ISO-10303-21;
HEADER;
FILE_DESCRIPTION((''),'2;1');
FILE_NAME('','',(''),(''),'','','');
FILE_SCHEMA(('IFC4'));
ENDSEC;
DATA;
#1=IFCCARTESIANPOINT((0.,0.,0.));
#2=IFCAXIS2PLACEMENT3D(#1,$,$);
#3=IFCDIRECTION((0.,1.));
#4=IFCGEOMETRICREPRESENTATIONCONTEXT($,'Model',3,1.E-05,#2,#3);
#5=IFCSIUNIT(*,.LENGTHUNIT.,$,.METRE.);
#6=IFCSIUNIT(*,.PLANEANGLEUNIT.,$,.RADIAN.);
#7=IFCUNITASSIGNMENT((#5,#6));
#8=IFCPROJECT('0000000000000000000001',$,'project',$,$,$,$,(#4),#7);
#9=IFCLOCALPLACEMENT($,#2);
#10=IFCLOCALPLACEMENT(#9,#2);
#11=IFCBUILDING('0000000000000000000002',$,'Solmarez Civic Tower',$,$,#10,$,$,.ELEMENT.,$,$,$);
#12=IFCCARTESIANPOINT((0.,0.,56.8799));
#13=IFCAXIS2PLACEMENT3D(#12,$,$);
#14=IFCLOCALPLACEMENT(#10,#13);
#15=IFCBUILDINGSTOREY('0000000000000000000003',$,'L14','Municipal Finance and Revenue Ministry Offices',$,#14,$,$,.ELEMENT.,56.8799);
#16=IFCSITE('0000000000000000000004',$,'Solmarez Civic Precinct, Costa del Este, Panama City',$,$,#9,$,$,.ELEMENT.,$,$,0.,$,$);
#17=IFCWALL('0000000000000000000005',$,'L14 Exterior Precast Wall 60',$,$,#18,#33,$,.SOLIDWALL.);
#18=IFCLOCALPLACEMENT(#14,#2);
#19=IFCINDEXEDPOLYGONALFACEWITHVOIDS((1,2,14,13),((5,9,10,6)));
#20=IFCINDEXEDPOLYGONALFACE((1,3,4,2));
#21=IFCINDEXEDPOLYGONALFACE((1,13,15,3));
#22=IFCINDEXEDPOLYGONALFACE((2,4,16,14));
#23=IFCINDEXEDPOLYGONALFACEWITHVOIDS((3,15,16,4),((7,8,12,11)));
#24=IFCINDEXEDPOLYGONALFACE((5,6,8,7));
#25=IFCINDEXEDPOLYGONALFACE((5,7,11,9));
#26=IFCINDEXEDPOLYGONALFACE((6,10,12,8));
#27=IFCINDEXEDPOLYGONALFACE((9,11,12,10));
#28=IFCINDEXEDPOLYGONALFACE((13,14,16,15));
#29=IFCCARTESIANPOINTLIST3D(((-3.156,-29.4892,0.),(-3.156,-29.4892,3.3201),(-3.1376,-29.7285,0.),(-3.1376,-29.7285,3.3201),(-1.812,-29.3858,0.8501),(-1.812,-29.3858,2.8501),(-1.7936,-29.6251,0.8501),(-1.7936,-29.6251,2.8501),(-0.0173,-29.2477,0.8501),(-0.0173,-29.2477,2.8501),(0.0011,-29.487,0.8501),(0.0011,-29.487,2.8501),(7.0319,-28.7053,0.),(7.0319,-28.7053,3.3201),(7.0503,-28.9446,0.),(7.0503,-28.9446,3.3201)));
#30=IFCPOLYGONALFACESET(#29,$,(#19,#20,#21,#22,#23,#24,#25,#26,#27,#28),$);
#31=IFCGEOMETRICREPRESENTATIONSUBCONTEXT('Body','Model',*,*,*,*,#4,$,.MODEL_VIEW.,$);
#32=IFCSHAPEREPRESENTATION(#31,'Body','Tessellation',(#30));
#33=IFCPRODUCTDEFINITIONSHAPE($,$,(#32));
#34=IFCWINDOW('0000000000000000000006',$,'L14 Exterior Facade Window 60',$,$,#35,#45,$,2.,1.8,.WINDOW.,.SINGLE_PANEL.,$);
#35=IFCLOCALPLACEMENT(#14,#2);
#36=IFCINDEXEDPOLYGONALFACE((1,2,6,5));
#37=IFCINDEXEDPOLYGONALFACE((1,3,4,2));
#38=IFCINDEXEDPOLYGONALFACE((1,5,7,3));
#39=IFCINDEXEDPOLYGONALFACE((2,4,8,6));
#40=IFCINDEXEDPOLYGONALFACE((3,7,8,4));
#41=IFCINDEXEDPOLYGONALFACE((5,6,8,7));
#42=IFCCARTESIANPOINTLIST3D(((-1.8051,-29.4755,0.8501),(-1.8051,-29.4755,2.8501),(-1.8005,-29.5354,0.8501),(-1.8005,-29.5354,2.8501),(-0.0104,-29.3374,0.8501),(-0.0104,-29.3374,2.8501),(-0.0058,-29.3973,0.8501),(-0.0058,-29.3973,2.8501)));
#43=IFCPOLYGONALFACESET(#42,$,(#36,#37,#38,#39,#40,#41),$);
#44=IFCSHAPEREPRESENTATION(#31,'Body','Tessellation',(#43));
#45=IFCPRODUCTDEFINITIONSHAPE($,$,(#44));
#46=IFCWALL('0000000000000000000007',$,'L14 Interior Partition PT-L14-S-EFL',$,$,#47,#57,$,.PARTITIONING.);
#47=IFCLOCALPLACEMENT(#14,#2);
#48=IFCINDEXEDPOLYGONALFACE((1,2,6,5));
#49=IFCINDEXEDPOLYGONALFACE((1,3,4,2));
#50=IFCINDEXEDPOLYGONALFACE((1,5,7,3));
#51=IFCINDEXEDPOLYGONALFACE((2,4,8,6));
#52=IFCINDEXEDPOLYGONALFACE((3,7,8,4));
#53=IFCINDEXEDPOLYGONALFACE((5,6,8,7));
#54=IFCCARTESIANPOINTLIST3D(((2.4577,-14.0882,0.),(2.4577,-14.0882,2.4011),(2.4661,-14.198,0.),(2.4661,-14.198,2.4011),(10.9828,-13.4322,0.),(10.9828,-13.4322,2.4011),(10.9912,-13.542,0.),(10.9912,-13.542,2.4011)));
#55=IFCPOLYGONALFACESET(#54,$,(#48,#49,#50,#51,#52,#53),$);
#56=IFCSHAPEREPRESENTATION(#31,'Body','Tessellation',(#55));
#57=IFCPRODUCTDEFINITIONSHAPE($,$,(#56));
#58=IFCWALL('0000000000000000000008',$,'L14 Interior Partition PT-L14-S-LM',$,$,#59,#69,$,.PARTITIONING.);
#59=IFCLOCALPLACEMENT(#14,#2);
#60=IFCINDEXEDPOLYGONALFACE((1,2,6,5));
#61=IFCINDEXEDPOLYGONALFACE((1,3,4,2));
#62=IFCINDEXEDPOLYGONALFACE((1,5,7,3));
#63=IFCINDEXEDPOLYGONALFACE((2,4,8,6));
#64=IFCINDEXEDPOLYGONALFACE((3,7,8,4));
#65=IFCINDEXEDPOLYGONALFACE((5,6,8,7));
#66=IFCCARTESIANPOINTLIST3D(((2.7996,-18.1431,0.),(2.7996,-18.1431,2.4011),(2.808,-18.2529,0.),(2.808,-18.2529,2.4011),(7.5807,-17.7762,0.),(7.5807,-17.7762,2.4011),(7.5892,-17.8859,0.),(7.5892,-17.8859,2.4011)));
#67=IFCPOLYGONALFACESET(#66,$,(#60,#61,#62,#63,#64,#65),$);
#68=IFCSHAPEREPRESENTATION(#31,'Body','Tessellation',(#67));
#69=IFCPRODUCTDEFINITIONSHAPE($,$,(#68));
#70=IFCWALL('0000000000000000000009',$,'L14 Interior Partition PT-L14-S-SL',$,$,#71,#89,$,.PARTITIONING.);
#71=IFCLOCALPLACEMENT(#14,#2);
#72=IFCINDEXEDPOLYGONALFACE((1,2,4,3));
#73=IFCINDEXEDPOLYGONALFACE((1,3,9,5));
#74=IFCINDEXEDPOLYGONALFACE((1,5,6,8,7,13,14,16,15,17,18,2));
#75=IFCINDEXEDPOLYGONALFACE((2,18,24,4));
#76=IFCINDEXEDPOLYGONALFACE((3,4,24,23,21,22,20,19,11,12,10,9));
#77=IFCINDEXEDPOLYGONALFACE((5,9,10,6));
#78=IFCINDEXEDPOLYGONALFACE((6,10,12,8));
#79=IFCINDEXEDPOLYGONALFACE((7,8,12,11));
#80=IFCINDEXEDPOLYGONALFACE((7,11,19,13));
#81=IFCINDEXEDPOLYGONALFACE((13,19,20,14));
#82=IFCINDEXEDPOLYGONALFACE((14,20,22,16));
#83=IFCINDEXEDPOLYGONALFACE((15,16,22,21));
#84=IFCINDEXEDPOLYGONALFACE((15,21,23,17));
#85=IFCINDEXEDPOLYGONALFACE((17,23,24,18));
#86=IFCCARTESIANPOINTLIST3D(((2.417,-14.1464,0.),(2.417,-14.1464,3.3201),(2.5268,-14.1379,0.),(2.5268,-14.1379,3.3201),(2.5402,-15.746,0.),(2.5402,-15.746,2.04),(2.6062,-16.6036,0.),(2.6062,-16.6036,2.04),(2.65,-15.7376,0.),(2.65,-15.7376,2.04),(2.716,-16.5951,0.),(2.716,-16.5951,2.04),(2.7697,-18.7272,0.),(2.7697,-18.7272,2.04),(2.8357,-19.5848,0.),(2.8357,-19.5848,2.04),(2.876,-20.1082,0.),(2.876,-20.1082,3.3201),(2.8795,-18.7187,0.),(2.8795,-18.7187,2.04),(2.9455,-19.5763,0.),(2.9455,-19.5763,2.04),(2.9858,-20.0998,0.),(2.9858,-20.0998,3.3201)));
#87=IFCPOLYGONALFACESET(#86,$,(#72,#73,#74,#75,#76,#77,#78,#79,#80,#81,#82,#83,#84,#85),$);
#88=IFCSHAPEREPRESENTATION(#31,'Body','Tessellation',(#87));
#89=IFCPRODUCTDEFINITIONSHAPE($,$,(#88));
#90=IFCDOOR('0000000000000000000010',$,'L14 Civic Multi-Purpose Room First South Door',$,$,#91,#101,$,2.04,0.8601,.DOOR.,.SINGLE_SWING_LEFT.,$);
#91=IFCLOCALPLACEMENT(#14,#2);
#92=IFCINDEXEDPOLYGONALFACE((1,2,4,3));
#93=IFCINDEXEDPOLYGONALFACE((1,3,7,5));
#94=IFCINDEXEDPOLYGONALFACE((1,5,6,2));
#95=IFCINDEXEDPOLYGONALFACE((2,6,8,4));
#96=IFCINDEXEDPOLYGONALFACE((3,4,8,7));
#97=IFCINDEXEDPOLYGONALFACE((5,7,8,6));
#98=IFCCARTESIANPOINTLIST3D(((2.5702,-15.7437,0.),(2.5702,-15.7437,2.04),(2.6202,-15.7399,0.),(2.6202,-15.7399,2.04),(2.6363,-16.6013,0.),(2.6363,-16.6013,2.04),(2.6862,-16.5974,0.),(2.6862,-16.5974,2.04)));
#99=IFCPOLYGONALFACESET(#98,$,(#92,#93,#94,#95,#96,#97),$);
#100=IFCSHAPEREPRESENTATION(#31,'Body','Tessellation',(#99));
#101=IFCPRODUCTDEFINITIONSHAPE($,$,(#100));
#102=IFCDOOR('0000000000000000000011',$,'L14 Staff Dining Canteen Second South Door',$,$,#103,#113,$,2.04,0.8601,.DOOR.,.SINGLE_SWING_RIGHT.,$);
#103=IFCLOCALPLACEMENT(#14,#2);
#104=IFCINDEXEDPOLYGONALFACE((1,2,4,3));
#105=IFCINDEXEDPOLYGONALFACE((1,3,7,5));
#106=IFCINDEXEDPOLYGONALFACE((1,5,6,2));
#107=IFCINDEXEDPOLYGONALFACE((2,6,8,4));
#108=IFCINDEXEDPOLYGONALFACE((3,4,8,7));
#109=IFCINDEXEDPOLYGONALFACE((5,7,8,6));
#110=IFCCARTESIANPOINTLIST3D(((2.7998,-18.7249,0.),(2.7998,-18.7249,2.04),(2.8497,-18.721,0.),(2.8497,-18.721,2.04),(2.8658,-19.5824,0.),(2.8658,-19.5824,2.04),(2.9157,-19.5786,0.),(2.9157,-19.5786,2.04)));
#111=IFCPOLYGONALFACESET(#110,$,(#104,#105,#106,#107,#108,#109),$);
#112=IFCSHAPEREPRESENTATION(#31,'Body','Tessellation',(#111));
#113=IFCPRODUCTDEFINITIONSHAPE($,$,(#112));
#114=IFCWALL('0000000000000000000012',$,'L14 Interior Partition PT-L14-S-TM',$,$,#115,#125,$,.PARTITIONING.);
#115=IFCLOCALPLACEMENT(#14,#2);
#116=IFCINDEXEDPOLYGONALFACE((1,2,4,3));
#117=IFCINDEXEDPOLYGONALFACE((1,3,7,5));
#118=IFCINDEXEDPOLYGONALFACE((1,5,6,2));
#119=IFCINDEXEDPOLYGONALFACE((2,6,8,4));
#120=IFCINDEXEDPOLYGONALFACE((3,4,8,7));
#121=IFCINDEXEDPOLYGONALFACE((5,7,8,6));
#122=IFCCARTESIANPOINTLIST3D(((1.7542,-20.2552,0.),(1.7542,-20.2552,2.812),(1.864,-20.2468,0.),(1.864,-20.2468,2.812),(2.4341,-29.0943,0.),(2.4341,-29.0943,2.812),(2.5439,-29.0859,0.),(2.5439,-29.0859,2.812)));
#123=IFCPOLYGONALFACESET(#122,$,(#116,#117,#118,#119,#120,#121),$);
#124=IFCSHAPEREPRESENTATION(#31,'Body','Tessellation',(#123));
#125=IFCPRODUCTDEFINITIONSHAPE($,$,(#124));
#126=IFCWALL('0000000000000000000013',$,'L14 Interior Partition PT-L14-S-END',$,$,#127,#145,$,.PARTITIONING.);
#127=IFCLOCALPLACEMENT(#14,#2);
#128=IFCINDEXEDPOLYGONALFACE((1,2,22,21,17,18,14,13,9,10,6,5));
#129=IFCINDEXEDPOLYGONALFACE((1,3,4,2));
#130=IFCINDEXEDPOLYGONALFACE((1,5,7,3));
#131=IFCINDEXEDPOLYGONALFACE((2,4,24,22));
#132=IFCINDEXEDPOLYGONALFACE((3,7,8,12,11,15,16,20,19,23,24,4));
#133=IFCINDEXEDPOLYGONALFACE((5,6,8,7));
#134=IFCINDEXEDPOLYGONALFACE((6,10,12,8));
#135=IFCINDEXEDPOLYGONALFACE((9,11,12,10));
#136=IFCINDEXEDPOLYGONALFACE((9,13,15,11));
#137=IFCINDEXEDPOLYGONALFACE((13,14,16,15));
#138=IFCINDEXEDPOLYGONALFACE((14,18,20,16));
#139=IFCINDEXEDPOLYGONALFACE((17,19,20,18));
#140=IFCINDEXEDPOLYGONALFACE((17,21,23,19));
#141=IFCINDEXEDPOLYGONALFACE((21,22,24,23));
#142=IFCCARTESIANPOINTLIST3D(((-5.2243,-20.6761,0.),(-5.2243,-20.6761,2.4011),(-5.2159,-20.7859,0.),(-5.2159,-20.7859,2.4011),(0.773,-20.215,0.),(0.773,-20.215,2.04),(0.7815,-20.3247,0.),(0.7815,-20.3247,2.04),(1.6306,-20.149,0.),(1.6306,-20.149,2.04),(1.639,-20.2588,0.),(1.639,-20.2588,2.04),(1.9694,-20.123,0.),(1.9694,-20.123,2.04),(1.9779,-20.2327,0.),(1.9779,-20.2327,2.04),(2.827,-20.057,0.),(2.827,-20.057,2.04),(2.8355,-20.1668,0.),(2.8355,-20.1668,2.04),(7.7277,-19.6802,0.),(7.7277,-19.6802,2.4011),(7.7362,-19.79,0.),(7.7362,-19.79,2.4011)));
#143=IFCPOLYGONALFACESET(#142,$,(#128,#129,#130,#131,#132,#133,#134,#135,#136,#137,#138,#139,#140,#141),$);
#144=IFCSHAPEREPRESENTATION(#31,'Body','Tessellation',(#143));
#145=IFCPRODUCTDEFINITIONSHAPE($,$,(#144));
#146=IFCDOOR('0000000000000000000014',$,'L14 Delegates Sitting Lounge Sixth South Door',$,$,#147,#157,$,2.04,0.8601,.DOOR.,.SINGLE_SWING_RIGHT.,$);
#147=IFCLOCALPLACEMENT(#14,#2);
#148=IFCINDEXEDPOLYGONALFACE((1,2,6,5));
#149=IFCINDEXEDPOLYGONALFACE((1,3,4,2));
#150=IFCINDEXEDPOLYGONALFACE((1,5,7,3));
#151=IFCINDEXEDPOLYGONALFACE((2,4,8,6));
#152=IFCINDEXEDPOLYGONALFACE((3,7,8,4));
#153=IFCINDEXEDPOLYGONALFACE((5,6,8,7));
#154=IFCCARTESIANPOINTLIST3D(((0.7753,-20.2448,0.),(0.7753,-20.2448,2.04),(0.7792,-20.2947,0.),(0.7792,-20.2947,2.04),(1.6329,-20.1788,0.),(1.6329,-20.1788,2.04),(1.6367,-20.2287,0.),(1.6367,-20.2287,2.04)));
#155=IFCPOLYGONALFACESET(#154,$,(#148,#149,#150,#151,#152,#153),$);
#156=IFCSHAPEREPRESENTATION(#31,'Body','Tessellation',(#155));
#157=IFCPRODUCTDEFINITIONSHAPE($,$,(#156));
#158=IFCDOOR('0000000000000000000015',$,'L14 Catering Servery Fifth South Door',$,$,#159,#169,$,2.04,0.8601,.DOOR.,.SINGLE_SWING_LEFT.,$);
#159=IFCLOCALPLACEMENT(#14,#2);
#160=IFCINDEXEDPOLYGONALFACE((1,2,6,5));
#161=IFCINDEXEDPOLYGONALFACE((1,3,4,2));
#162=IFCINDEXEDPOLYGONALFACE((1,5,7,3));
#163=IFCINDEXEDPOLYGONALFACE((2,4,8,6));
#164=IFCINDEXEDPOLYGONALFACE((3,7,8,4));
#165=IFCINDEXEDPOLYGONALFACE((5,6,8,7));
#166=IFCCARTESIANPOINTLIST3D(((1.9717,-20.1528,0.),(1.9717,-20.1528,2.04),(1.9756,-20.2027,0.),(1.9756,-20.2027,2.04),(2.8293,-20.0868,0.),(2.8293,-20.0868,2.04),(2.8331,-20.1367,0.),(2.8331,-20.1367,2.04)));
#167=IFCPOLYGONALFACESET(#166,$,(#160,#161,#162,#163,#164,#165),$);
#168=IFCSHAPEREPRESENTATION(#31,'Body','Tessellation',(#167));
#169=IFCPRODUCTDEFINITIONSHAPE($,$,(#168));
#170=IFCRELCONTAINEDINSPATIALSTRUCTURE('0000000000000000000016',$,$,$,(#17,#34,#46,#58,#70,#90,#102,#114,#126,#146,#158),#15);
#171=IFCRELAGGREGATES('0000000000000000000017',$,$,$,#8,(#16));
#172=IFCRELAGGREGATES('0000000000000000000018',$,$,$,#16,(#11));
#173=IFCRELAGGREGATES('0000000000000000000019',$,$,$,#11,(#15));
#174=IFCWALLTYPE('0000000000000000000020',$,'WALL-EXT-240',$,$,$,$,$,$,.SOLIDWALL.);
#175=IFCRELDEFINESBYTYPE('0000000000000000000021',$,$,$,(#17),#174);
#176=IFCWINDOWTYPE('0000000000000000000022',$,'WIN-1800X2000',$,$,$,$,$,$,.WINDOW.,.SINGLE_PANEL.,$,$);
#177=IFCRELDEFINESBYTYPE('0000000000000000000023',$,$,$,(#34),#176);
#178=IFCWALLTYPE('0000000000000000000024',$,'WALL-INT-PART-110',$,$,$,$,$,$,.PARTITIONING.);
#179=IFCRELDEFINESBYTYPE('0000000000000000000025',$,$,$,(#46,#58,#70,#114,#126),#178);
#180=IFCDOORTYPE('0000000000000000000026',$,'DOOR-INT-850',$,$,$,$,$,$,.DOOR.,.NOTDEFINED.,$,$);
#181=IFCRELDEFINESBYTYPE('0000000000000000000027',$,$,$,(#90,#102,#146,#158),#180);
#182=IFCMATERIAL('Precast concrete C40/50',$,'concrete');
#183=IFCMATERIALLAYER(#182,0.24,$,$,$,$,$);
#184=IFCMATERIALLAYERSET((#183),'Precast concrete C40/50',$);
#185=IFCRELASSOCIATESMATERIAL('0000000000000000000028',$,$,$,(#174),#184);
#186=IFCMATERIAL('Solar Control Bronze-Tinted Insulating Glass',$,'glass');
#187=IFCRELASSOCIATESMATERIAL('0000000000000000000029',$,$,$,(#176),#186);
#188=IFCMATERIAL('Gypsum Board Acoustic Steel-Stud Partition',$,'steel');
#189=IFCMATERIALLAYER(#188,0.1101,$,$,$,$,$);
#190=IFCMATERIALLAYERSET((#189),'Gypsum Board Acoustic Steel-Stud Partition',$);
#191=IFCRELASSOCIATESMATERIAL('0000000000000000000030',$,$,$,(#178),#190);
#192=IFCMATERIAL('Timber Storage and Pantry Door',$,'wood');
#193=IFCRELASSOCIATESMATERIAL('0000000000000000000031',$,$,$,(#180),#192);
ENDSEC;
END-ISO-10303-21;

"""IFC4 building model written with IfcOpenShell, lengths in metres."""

from ifc_helpers import new_model, si_unit, direction, frame, frame_2d, origin, place, context, subcontext, project, spatial, rectangle, extrude, material, layer, layer_set, type_object, element, fill, save


model = new_model("IFC4")

# Units and contexts
model_context = context("Model", 3, precision=1e-05, world=origin(), true_north=direction((0.0, 1.0)))
body_context = subcontext(model_context, "Body", "Model", "MODEL_VIEW")
ifc_project = project(units=[si_unit("LENGTHUNIT", "METRE"), si_unit("PLANEANGLEUNIT", "RADIAN")], contexts=[model_context])

# Site, building, storey
site_placement = place(None, origin())
site = spatial("IfcSite", under=ifc_project, at=site_placement, Name="Solmarez Civic Precinct, Costa del Este, Panama City", CompositionType="ELEMENT", RefElevation=0.0)
building_placement = place(site_placement, origin())
building = spatial("IfcBuilding", under=site, at=building_placement, Name="Solmarez Civic Tower", CompositionType="ELEMENT")
storey_placement = place(building_placement, frame((0.0, 0.0, 56.8799)))
storey = spatial("IfcBuildingStorey", under=building, at=storey_placement, Name="L14", Description="Municipal Finance and Revenue Ministry Offices", CompositionType="ELEMENT", Elevation=56.8799)

# Shared definitions
ifc_material_1 = material(Name="Precast concrete C40/50", Category="concrete")
ifc_layer_1 = layer(ifc_material_1, 0.24)
ifc_layer_set_1 = layer_set([ifc_layer_1], Name="Precast concrete C40/50")
wall_type_1 = type_object("IfcWallType", Name="WALL-EXT-240", PredefinedType="SOLIDWALL", material=ifc_layer_set_1)
ifc_material_2 = material(Name="Solar Control Bronze-Tinted Insulating Glass", Category="glass")

# Wall, opening, window
wall_1_placement = place(storey_placement, frame((7.041, -28.825, 0.0), z_axis=(0.0, 0.0, 1.0), x_axis=(-0.997053, -0.07672, 0.0)))
wall_1 = element("IfcWall", 1, at=wall_1_placement, inside=storey, type_object=wall_type_1, Name="L14 Exterior Precast Wall 60", PredefinedType="SOLIDWALL", context=body_context, shape_type="SweptSolid", body=[
    extrude(rectangle(XDim=10.218, YDim=0.24, at=frame_2d((5.1089, 0.0))), origin(), (0.0, 0.0, 1.0), 3.3201),
])
opening_1_placement = place(wall_1_placement, frame((7.0701, 0.0, 0.8501)))
opening_1 = element("IfcOpeningElement", 2, at=opening_1_placement, cuts=wall_1, PredefinedType="OPENING", context=body_context, shape_type="SweptSolid", body=[
    extrude(rectangle(XDim=1.8, YDim=2.0, at=frame_2d((0.8999, 1.0))), frame((0.0, 0.1299, 0.0), z_axis=(0.0, -1.0, 0.0), x_axis=(1.0, 0.0, 0.0)), (0.0, 0.0, 1.0), 0.26),
])
window_type_1 = type_object("IfcWindowType", Name="WIN-1800X2000", PartitioningType="SINGLE_PANEL", PredefinedType="WINDOW", material=ifc_material_2)
window_1_placement = place(opening_1_placement, origin())
window_1 = element("IfcWindow", 3, at=window_1_placement, inside=storey, type_object=window_type_1, Name="L14 Exterior Facade Window 60", OverallHeight=2.0, OverallWidth=1.8, PartitioningType="SINGLE_PANEL", PredefinedType="WINDOW", context=body_context, shape_type="SweptSolid", body=[
    extrude(rectangle(XDim=1.8, YDim=2.0, at=frame_2d((0.8999, 1.0))), frame((0.0, 0.03, 0.0), z_axis=(0.0, -1.0, 0.0), x_axis=(1.0, 0.0, 0.0)), (0.0, 0.0, 1.0), 0.0601),
])
fill(opening_1, window_1)

# Walls
ifc_material_3 = material(Name="Gypsum Board Acoustic Steel-Stud Partition", Category="steel")
ifc_layer_2 = layer(ifc_material_3, 0.1101)
ifc_layer_set_2 = layer_set([ifc_layer_2], Name="Gypsum Board Acoustic Steel-Stud Partition")
wall_type_2 = type_object("IfcWallType", Name="WALL-INT-PART-110", PredefinedType="PARTITIONING", material=ifc_layer_set_2)
wall_2_placement = place(storey_placement, frame((2.4619, -14.1431, 0.0), z_axis=(0.0, 0.0, 1.0), x_axis=(0.997052, 0.076723, 0.0)))
element("IfcWall", 4, at=wall_2_placement, inside=storey, type_object=wall_type_2, Name="L14 Interior Partition PT-L14-S-EFL", PredefinedType="PARTITIONING", context=body_context, shape_type="SweptSolid", body=[
    extrude(rectangle(XDim=8.5503, YDim=0.1101, at=frame_2d((4.2751, 0.0))), origin(), (0.0, 0.0, 1.0), 2.4011),
])
wall_3_placement = place(storey_placement, frame((2.804, -18.198, 0.0), z_axis=(0.0, 0.0, 1.0), x_axis=(0.997068, 0.076525, 0.0)))
element("IfcWall", 5, at=wall_3_placement, inside=storey, type_object=wall_type_2, Name="L14 Interior Partition PT-L14-S-LM", PredefinedType="PARTITIONING", context=body_context, shape_type="SweptSolid", body=[
    extrude(rectangle(XDim=4.7952, YDim=0.1101, at=frame_2d((2.3975, 0.0))), origin(), (0.0, 0.0, 1.0), 2.4011),
])

# Wall, openings, doors
wall_4_placement = place(storey_placement, frame((2.9309, -20.104, 0.0), z_axis=(0.0, 0.0, 1.0), x_axis=(-0.076759, 0.99705, 0.0)))
wall_4 = element("IfcWall", 6, at=wall_4_placement, inside=storey, type_object=wall_type_2, Name="L14 Interior Partition PT-L14-S-SL", PredefinedType="PARTITIONING", context=body_context, shape_type="SweptSolid", body=[
    extrude(rectangle(XDim=5.9795, YDim=0.1101, at=frame_2d((2.9897, 0.0))), origin(), (0.0, 0.0, 1.0), 3.3201),
])
opening_2_placement = place(wall_4_placement, frame((3.5149, 0.0, 0.0)))
opening_2 = element("IfcOpeningElement", 7, at=opening_2_placement, cuts=wall_4, PredefinedType="OPENING", context=body_context, shape_type="SweptSolid", body=[
    extrude(rectangle(XDim=0.8601, YDim=2.04, at=frame_2d((0.4302, 1.02))), frame((0.0, 0.0649, 0.0), z_axis=(0.0, -1.0, 0.0), x_axis=(1.0, 0.0, 0.0)), (0.0, 0.0, 1.0), 0.1301),
])
opening_3_placement = place(wall_4_placement, frame((0.5249, 0.0, 0.0)))
opening_3 = element("IfcOpeningElement", 8, at=opening_3_placement, cuts=wall_4, PredefinedType="OPENING", context=body_context, shape_type="SweptSolid", body=[
    extrude(rectangle(XDim=0.8601, YDim=2.04, at=frame_2d((0.4302, 1.02))), frame((0.0, 0.0649, 0.0), z_axis=(0.0, -1.0, 0.0), x_axis=(1.0, 0.0, 0.0)), (0.0, 0.0, 1.0), 0.1301),
])
ifc_material_4 = material(Name="Timber Storage and Pantry Door", Category="wood")
door_type = type_object("IfcDoorType", Name="DOOR-INT-850", OperationType="NOTDEFINED", PredefinedType="DOOR", material=ifc_material_4)
door_1_placement = place(opening_2_placement, origin())
door_1 = element("IfcDoor", 9, at=door_1_placement, inside=storey, type_object=door_type, Name="L14 Civic Multi-Purpose Room First South Door", OperationType="SINGLE_SWING_LEFT", OverallHeight=2.04, OverallWidth=0.8601, PredefinedType="DOOR", context=body_context, shape_type="SweptSolid", body=[
    extrude(rectangle(XDim=0.8601, YDim=2.04, at=frame_2d((0.4302, 1.02))), frame((0.0, 0.0249, 0.0), z_axis=(0.0, -1.0, 0.0), x_axis=(1.0, 0.0, 0.0)), (0.0, 0.0, 1.0), 0.05),
])
fill(opening_2, door_1)
door_2_placement = place(opening_3_placement, origin())
door_2 = element("IfcDoor", 10, at=door_2_placement, inside=storey, type_object=door_type, Name="L14 Staff Dining Canteen Second South Door", OperationType="SINGLE_SWING_RIGHT", OverallHeight=2.04, OverallWidth=0.8601, PredefinedType="DOOR", context=body_context, shape_type="SweptSolid", body=[
    extrude(rectangle(XDim=0.8601, YDim=2.04, at=frame_2d((0.4302, 1.02))), frame((0.0, 0.0249, 0.0), z_axis=(0.0, -1.0, 0.0), x_axis=(1.0, 0.0, 0.0)), (0.0, 0.0, 1.0), 0.05),
])
fill(opening_3, door_2)

# Wall
wall_5_placement = place(storey_placement, frame((1.8091, -20.251, 0.0), z_axis=(0.0, 0.0, 1.0), x_axis=(0.076696, -0.997054, 0.0)))
element("IfcWall", 11, at=wall_5_placement, inside=storey, type_object=wall_type_2, Name="L14 Interior Partition PT-L14-S-TM", PredefinedType="PARTITIONING", context=body_context, shape_type="SweptSolid", body=[
    extrude(rectangle(XDim=8.8652, YDim=0.1101, at=frame_2d((4.4326, 0.0))), origin(), (0.0, 0.0, 1.0), 2.812),
])

# Wall, openings, doors
wall_6_placement = place(storey_placement, frame((7.7319, -19.7351, 0.0), z_axis=(0.0, 0.0, 1.0), x_axis=(-0.997057, -0.076662, 0.0)))
wall_6 = element("IfcWall", 12, at=wall_6_placement, inside=storey, type_object=wall_type_2, Name="L14 Interior Partition PT-L14-S-END", PredefinedType="PARTITIONING", context=body_context, shape_type="SweptSolid", body=[
    extrude(rectangle(XDim=12.9902, YDim=0.1101, at=frame_2d((6.4951, 0.0))), origin(), (0.0, 0.0, 1.0), 2.4011),
])
opening_4_placement = place(wall_6_placement, frame((6.115, 0.0, 0.0)))
opening_4 = element("IfcOpeningElement", 13, at=opening_4_placement, cuts=wall_6, PredefinedType="OPENING", context=body_context, shape_type="SweptSolid", body=[
    extrude(rectangle(XDim=0.8601, YDim=2.04, at=frame_2d((0.4302, 1.02))), frame((0.0, 0.0649, 0.0), z_axis=(0.0, -1.0, 0.0), x_axis=(1.0, 0.0, 0.0)), (0.0, 0.0, 1.0), 0.1301),
])
opening_5_placement = place(wall_6_placement, frame((4.915, 0.0, 0.0)))
opening_5 = element("IfcOpeningElement", 14, at=opening_5_placement, cuts=wall_6, PredefinedType="OPENING", context=body_context, shape_type="SweptSolid", body=[
    extrude(rectangle(XDim=0.8601, YDim=2.04, at=frame_2d((0.4302, 1.02))), frame((0.0, 0.0649, 0.0), z_axis=(0.0, -1.0, 0.0), x_axis=(1.0, 0.0, 0.0)), (0.0, 0.0, 1.0), 0.1301),
])
door_3_placement = place(opening_4_placement, origin())
door_3 = element("IfcDoor", 15, at=door_3_placement, inside=storey, type_object=door_type, Name="L14 Delegates Sitting Lounge Sixth South Door", OperationType="SINGLE_SWING_RIGHT", OverallHeight=2.04, OverallWidth=0.8601, PredefinedType="DOOR", context=body_context, shape_type="SweptSolid", body=[
    extrude(rectangle(XDim=0.8601, YDim=2.04, at=frame_2d((0.4302, 1.02))), frame((0.0, 0.0249, 0.0), z_axis=(0.0, -1.0, 0.0), x_axis=(1.0, 0.0, 0.0)), (0.0, 0.0, 1.0), 0.05),
])
fill(opening_4, door_3)
door_4_placement = place(opening_5_placement, origin())
door_4 = element("IfcDoor", 16, at=door_4_placement, inside=storey, type_object=door_type, Name="L14 Catering Servery Fifth South Door", OperationType="SINGLE_SWING_LEFT", OverallHeight=2.04, OverallWidth=0.8601, PredefinedType="DOOR", context=body_context, shape_type="SweptSolid", body=[
    extrude(rectangle(XDim=0.8601, YDim=2.04, at=frame_2d((0.4302, 1.02))), frame((0.0, 0.0249, 0.0), z_axis=(0.0, -1.0, 0.0), x_axis=(1.0, 0.0, 0.0)), (0.0, 0.0, 1.0), 0.05),
])
fill(opening_5, door_4)

save(model, "model.ifc")
